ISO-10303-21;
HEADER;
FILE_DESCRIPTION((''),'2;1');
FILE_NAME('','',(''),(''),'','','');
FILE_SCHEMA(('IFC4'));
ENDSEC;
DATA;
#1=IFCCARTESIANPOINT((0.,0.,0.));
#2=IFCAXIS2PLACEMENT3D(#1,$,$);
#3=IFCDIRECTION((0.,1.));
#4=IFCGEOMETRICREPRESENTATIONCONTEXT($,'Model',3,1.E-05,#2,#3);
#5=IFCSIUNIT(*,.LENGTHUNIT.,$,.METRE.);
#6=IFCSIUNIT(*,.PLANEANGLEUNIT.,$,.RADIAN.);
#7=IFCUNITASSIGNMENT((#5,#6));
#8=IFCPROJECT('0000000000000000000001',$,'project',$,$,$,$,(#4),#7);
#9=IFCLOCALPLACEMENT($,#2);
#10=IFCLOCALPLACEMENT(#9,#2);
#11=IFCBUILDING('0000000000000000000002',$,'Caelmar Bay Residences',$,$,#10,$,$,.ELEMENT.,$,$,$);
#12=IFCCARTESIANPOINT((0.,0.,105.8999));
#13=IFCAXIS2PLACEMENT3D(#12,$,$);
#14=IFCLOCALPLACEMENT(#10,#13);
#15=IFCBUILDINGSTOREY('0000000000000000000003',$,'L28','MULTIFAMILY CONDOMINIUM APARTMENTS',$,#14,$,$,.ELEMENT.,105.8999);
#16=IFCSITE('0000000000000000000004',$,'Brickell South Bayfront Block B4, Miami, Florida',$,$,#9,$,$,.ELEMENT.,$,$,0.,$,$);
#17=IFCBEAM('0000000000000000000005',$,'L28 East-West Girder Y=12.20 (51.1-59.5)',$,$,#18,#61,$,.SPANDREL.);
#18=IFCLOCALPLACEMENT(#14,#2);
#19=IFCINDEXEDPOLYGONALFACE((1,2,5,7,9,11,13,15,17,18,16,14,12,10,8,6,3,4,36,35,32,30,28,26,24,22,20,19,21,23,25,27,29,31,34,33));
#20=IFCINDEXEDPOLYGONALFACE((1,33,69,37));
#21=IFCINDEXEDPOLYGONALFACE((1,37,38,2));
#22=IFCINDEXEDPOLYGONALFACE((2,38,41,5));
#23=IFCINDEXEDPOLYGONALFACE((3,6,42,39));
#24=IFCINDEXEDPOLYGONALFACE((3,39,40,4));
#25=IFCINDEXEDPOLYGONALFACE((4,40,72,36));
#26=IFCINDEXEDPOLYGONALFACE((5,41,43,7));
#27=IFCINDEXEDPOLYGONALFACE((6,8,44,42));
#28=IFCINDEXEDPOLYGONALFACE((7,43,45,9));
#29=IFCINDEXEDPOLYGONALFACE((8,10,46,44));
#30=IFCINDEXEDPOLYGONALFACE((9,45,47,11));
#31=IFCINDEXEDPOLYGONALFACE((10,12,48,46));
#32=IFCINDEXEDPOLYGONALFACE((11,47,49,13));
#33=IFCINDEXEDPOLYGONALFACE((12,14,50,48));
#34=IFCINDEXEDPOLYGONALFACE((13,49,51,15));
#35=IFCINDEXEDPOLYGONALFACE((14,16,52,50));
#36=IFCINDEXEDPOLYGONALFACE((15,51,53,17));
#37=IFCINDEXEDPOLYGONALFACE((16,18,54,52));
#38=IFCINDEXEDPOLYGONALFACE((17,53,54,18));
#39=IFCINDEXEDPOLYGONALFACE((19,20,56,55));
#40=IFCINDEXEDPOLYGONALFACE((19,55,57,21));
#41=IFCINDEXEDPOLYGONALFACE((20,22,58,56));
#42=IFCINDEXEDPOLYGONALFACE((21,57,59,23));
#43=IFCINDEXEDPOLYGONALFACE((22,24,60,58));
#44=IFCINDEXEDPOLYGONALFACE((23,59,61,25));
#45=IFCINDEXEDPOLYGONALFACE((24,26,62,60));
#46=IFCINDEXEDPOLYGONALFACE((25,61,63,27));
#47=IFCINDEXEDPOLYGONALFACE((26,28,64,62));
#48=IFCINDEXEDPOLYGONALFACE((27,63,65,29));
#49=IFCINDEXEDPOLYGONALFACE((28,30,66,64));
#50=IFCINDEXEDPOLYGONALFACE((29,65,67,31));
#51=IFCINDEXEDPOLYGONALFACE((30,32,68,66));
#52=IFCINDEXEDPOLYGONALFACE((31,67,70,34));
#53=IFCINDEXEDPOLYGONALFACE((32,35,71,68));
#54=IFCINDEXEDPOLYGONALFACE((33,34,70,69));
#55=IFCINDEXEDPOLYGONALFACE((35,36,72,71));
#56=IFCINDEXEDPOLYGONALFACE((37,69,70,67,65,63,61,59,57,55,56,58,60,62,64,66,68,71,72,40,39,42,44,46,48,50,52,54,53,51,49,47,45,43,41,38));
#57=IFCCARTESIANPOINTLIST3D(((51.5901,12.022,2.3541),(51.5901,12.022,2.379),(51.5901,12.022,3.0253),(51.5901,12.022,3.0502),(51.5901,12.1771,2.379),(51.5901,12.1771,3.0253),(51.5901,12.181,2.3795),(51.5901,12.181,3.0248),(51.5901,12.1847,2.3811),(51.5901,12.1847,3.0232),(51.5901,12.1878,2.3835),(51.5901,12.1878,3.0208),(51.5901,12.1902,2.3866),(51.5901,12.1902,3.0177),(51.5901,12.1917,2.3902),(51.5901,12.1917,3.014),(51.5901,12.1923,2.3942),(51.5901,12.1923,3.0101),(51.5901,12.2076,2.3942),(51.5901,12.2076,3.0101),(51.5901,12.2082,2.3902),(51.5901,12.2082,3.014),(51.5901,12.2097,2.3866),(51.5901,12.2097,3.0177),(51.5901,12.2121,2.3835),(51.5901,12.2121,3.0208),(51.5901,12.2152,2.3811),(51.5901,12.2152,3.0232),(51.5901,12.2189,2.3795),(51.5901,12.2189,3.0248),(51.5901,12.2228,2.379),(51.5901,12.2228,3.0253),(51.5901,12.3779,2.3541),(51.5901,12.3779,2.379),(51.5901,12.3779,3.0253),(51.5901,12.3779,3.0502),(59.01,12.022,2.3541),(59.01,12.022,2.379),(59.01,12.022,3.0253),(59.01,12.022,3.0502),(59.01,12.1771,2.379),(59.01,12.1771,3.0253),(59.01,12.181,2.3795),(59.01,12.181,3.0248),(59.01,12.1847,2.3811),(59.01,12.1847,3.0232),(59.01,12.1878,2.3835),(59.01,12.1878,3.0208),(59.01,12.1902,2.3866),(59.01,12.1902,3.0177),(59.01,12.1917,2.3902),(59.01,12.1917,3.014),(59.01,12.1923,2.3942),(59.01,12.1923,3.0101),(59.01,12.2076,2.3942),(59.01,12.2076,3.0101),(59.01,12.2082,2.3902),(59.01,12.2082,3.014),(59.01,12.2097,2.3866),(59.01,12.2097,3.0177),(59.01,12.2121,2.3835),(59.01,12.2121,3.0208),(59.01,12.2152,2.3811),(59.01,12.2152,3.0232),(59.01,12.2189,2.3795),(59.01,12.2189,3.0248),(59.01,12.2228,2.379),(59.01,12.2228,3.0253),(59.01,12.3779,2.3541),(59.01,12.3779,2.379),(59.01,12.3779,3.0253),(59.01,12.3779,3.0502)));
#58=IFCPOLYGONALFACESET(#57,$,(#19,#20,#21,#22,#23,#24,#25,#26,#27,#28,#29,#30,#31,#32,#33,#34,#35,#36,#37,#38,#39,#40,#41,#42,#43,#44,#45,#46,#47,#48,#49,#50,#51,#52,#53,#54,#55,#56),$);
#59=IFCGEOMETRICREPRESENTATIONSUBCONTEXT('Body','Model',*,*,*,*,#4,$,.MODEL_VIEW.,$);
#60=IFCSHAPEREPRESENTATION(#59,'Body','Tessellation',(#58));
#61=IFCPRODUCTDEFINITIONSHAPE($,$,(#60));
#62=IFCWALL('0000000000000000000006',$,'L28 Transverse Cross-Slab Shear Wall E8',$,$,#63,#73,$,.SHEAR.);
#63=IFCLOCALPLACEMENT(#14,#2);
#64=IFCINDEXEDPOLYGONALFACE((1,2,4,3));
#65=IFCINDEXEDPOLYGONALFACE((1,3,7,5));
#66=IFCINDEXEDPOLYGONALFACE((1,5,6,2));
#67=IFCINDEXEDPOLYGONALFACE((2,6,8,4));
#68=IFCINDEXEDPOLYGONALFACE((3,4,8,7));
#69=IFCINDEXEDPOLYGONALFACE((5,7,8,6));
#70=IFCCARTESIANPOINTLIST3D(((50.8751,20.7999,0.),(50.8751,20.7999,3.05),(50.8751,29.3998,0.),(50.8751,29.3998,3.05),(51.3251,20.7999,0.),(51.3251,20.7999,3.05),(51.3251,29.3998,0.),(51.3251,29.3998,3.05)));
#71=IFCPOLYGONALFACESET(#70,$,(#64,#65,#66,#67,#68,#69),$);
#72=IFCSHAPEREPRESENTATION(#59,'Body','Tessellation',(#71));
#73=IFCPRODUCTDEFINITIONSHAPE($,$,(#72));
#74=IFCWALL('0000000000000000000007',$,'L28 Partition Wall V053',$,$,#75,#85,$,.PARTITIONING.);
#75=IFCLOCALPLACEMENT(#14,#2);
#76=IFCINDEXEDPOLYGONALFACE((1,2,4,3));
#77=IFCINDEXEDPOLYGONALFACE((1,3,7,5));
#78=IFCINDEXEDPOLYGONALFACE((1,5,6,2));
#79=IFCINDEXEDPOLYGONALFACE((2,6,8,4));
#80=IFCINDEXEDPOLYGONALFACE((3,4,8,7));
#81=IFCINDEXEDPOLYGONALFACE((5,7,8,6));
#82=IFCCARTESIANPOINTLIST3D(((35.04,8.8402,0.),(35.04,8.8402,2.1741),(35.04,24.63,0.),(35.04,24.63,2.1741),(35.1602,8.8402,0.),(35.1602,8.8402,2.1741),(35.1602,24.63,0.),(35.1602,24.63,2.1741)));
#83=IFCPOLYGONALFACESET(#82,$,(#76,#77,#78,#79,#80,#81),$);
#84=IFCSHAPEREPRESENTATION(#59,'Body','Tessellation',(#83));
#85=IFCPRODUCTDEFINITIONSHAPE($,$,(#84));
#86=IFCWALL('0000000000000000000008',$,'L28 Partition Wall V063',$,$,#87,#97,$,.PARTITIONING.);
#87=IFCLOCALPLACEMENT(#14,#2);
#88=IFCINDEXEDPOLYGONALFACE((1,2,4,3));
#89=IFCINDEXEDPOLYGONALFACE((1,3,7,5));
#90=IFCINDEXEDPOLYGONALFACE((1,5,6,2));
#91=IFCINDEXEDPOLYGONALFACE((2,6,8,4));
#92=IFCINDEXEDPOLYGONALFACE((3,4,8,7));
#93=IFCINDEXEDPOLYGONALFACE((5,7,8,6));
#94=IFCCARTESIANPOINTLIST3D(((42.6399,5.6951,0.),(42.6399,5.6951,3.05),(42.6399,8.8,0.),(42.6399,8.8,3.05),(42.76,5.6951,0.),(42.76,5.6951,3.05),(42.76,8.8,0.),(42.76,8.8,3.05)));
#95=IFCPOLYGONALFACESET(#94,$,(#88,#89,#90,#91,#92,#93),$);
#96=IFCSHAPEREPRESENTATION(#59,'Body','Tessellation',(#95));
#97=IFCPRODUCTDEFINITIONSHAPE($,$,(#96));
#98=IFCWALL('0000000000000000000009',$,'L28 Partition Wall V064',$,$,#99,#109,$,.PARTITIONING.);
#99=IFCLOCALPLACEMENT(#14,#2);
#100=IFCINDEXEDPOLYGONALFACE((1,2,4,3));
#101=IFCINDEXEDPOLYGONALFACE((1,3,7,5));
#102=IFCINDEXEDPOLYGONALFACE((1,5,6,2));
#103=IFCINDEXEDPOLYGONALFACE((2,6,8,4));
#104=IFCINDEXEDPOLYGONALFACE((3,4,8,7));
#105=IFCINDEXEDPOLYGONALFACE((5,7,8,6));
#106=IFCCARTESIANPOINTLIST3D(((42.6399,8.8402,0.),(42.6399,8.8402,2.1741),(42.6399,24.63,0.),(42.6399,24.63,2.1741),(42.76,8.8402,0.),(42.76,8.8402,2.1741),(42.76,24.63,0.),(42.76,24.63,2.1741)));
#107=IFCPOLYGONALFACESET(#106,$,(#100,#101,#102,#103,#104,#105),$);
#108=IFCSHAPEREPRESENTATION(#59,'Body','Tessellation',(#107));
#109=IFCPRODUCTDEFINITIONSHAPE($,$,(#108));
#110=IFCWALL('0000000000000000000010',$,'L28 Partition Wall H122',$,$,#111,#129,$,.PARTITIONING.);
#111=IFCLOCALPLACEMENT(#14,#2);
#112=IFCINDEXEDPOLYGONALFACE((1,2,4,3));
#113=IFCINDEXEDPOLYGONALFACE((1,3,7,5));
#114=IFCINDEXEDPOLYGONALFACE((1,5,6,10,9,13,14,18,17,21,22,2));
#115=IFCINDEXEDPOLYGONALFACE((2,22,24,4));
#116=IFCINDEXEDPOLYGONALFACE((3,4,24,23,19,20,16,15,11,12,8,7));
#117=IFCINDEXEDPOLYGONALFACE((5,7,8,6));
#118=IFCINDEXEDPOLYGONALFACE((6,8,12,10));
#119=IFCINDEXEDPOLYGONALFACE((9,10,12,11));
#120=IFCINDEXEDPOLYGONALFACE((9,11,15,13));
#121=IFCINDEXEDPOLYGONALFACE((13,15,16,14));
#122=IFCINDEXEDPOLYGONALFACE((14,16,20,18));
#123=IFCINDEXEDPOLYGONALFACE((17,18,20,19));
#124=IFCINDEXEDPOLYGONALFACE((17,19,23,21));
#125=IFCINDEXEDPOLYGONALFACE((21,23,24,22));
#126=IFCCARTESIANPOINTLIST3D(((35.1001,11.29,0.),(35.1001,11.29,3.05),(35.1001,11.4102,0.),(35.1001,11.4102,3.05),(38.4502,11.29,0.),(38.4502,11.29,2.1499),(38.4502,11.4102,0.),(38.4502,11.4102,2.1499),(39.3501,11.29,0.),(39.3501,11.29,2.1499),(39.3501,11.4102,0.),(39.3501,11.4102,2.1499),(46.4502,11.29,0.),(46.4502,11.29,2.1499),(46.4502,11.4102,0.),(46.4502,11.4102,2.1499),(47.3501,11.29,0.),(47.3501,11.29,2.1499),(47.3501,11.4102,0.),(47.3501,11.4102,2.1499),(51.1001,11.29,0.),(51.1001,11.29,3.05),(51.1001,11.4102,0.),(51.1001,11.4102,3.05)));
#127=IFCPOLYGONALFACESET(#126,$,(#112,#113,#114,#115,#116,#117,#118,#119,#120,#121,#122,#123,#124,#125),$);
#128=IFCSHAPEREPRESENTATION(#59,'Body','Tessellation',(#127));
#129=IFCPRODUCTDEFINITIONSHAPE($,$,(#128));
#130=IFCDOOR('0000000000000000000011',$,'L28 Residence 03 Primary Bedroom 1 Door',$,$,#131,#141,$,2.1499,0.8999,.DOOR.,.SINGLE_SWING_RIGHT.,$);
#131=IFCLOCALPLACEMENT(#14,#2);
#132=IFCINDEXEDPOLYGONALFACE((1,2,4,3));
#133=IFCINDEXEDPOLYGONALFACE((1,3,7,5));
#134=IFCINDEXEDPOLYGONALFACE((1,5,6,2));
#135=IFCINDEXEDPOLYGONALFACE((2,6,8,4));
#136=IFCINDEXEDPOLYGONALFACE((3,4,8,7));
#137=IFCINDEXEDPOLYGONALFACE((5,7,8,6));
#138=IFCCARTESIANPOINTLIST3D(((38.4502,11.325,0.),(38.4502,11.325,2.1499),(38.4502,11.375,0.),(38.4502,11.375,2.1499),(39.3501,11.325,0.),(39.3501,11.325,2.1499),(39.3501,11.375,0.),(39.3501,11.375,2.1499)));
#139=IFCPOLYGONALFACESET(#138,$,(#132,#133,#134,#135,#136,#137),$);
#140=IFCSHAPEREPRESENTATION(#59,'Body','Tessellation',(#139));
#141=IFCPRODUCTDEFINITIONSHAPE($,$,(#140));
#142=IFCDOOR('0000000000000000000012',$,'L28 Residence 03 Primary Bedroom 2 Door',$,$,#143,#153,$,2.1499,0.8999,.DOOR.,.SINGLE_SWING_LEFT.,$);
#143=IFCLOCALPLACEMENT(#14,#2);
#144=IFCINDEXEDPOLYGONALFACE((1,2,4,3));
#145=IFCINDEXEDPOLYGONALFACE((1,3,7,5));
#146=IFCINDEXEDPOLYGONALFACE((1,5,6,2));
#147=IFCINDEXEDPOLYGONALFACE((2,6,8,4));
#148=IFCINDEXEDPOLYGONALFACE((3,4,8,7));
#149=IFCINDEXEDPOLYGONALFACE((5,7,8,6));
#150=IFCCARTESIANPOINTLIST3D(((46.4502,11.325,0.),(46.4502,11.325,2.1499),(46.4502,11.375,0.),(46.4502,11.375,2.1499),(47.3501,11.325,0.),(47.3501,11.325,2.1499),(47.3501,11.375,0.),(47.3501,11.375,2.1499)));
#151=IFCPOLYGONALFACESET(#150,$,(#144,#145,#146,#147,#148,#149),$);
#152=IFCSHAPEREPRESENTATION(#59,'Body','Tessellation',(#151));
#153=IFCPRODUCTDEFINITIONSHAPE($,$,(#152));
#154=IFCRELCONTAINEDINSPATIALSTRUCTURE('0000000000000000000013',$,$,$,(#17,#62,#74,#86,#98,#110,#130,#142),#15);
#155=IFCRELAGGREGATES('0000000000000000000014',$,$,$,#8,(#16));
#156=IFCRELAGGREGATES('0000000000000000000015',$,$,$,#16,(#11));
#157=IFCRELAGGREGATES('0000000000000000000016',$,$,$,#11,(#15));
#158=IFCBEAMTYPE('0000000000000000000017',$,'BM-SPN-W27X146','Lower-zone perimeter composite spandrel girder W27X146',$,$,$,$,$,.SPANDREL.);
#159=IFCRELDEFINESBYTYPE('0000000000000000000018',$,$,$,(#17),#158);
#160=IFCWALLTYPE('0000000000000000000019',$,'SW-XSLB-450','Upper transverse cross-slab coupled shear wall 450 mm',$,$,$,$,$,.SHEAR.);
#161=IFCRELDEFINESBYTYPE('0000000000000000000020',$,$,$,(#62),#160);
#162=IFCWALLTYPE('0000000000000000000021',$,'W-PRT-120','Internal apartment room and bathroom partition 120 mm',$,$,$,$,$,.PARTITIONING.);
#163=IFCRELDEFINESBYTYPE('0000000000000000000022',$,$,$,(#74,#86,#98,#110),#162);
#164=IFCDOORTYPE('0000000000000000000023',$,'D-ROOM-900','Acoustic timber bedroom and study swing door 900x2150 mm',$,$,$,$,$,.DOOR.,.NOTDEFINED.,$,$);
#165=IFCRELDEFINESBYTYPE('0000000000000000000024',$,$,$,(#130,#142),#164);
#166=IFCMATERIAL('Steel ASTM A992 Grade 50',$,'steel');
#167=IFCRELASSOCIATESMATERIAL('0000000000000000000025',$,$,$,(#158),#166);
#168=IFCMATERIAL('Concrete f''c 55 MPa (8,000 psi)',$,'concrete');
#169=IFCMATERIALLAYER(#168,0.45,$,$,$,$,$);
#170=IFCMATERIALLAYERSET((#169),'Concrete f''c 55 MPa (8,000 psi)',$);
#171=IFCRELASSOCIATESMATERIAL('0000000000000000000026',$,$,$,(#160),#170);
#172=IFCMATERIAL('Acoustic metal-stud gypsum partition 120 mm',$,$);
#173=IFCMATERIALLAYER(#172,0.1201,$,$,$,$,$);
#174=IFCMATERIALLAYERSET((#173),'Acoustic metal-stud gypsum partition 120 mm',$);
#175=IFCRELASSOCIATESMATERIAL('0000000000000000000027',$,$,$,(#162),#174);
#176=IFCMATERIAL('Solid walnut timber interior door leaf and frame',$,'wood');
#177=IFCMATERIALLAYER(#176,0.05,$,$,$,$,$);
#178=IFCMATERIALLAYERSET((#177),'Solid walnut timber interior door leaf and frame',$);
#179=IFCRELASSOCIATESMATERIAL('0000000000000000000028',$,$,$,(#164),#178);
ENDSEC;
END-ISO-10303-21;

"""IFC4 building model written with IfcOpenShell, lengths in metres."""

from ifc_helpers import new_model, si_unit, direction, frame, frame_2d, origin, origin_2d, place, context, subcontext, project, spatial, rectangle, i_section, extrude, material, layer, layer_set, material_profile, profile_set, type_object, element, fill, save


model = new_model("IFC4")

# Units and contexts
model_context = context("Model", 3, precision=1e-05, world=origin(), true_north=direction((0.0, 1.0)))
body_context = subcontext(model_context, "Body", "Model", "MODEL_VIEW")
ifc_project = project(units=[si_unit("LENGTHUNIT", "METRE"), si_unit("PLANEANGLEUNIT", "RADIAN")], contexts=[model_context])

# Site, building, storey
site_placement = place(None, origin())
site = spatial("IfcSite", under=ifc_project, at=site_placement, Name="Brickell South Bayfront Block B4, Miami, Florida", CompositionType="ELEMENT", RefElevation=0.0)
building_placement = place(site_placement, origin())
building = spatial("IfcBuilding", under=site, at=building_placement, Name="Caelmar Bay Residences", CompositionType="ELEMENT")
storey_placement = place(building_placement, frame((0.0, 0.0, 105.8999)))
storey = spatial("IfcBuildingStorey", under=building, at=storey_placement, Name="L28", Description="MULTIFAMILY CONDOMINIUM APARTMENTS", CompositionType="ELEMENT", Elevation=105.8999)

# Beam
ifc_material_1 = material(Name="Steel ASTM A992 Grade 50", Category="steel")
ifc_material_profile_1 = material_profile(ifc_material_1, i_section(OverallWidth=0.356, OverallDepth=0.696, WebThickness=0.0154, FlangeThickness=0.0249, FilletRadius=0.0151, at=origin_2d()), Name="W27X146")
ifc_profile_set_1 = profile_set([ifc_material_profile_1], Name="Steel ASTM A992 Grade 50")
beam_type_1 = type_object("IfcBeamType", Name="BM-SPN-W27X146", Description="Lower-zone perimeter composite spandrel girder W27X146", PredefinedType="SPANDREL", material=ifc_profile_set_1)
beam_1_placement = place(storey_placement, frame((51.5901, 12.2, 2.7021), z_axis=(1.0, 0.0, 0.0), x_axis=(0.0, 1.0, 0.0)))
element("IfcBeam", 1, at=beam_1_placement, inside=storey, type_object=beam_type_1, Name="L28 East-West Girder Y=12.20 (51.1-59.5)", PredefinedType="SPANDREL", context=body_context, shape_type="SweptSolid", body=[
    extrude(i_section(OverallWidth=0.356, OverallDepth=0.696, WebThickness=0.0154, FlangeThickness=0.0249, FilletRadius=0.0151, at=origin_2d()), origin(), (0.0, 0.0, 1.0), 7.4199),
])

# Walls
ifc_material_2 = material(Name="Concrete f'c 55 MPa (8,000 psi)", Category="concrete")
ifc_layer_1 = layer(ifc_material_2, 0.45)
ifc_layer_set_1 = layer_set([ifc_layer_1], Name="Concrete f'c 55 MPa (8,000 psi)")
wall_type_1 = type_object("IfcWallType", Name="SW-XSLB-450", Description="Upper transverse cross-slab coupled shear wall 450 mm", PredefinedType="SHEAR", material=ifc_layer_set_1)
wall_1_placement = place(storey_placement, frame((51.1001, 20.8, 0.0), z_axis=(0.0, 0.0, 1.0), x_axis=(0.0, 1.0, 0.0)))
element("IfcWall", 2, at=wall_1_placement, inside=storey, type_object=wall_type_1, Name="L28 Transverse Cross-Slab Shear Wall E8", PredefinedType="SHEAR", context=body_context, shape_type="SweptSolid", body=[
    extrude(rectangle(XDim=8.5999, YDim=0.45, at=frame_2d((4.2998, 0.0))), origin(), (0.0, 0.0, 1.0), 3.05),
])
ifc_material_3 = material(Name="Acoustic metal-stud gypsum partition 120 mm")
ifc_layer_2 = layer(ifc_material_3, 0.1201)
ifc_layer_set_2 = layer_set([ifc_layer_2], Name="Acoustic metal-stud gypsum partition 120 mm")
wall_type_2 = type_object("IfcWallType", Name="W-PRT-120", Description="Internal apartment room and bathroom partition 120 mm", PredefinedType="PARTITIONING", material=ifc_layer_set_2)
wall_2_placement = place(storey_placement, frame((35.1001, 8.8401, 0.0), z_axis=(0.0, 0.0, 1.0), x_axis=(0.0, 1.0, 0.0)))
element("IfcWall", 3, at=wall_2_placement, inside=storey, type_object=wall_type_2, Name="L28 Partition Wall V053", PredefinedType="PARTITIONING", context=body_context, shape_type="SweptSolid", body=[
    extrude(rectangle(XDim=15.7898, YDim=0.1201, at=frame_2d((7.895, 0.0))), origin(), (0.0, 0.0, 1.0), 2.1741),
])
wall_3_placement = place(storey_placement, frame((42.7, 5.6951, 0.0), z_axis=(0.0, 0.0, 1.0), x_axis=(0.0, 1.0, 0.0)))
element("IfcWall", 4, at=wall_3_placement, inside=storey, type_object=wall_type_2, Name="L28 Partition Wall V063", PredefinedType="PARTITIONING", context=body_context, shape_type="SweptSolid", body=[
    extrude(rectangle(XDim=3.105, YDim=0.1201, at=frame_2d((1.5525, 0.0))), origin(), (0.0, 0.0, 1.0), 3.05),
])
wall_4_placement = place(storey_placement, frame((42.7, 8.8401, 0.0), z_axis=(0.0, 0.0, 1.0), x_axis=(0.0, 1.0, 0.0)))
element("IfcWall", 5, at=wall_4_placement, inside=storey, type_object=wall_type_2, Name="L28 Partition Wall V064", PredefinedType="PARTITIONING", context=body_context, shape_type="SweptSolid", body=[
    extrude(rectangle(XDim=15.7898, YDim=0.1201, at=frame_2d((7.895, 0.0))), origin(), (0.0, 0.0, 1.0), 2.1741),
])

# Wall, openings, doors
wall_5_placement = place(storey_placement, frame((35.1001, 11.3501, 0.0), z_axis=(0.0, 0.0, 1.0), x_axis=(1.0, 0.0, 0.0)))
wall_5 = element("IfcWall", 6, at=wall_5_placement, inside=storey, type_object=wall_type_2, Name="L28 Partition Wall H122", PredefinedType="PARTITIONING", context=body_context, shape_type="SweptSolid", body=[
    extrude(rectangle(XDim=16.0, YDim=0.1201, at=frame_2d((8.0, 0.0))), origin(), (0.0, 0.0, 1.0), 3.05),
])
opening_1_placement = place(wall_5_placement, frame((3.3501, 0.0, 0.0)))
opening_1 = element("IfcOpeningElement", 7, at=opening_1_placement, cuts=wall_5, PredefinedType="OPENING", context=body_context, shape_type="SweptSolid", body=[
    extrude(rectangle(XDim=0.8999, YDim=2.1499, at=frame_2d((0.45, 1.075))), frame((0.0, 0.0701, 0.0), z_axis=(0.0, -1.0, 0.0), x_axis=(1.0, 0.0, 0.0)), (0.0, 0.0, 1.0), 0.1401),
])
opening_2_placement = place(wall_5_placement, frame((11.3501, 0.0, 0.0)))
opening_2 = element("IfcOpeningElement", 8, at=opening_2_placement, cuts=wall_5, PredefinedType="OPENING", context=body_context, shape_type="SweptSolid", body=[
    extrude(rectangle(XDim=0.8999, YDim=2.1499, at=frame_2d((0.45, 1.075))), frame((0.0, 0.0701, 0.0), z_axis=(0.0, -1.0, 0.0), x_axis=(1.0, 0.0, 0.0)), (0.0, 0.0, 1.0), 0.1401),
])
ifc_material_4 = material(Name="Solid walnut timber interior door leaf and frame", Category="wood")
ifc_layer_3 = layer(ifc_material_4, 0.05)
ifc_layer_set_3 = layer_set([ifc_layer_3], Name="Solid walnut timber interior door leaf and frame")
door_type = type_object("IfcDoorType", Name="D-ROOM-900", Description="Acoustic timber bedroom and study swing door 900x2150 mm", OperationType="NOTDEFINED", PredefinedType="DOOR", material=ifc_layer_set_3)
door_1_placement = place(opening_1_placement, origin())
door_1 = element("IfcDoor", 9, at=door_1_placement, inside=storey, type_object=door_type, Name="L28 Residence 03 Primary Bedroom 1 Door", OperationType="SINGLE_SWING_RIGHT", OverallHeight=2.1499, OverallWidth=0.8999, PredefinedType="DOOR", context=body_context, shape_type="SweptSolid", body=[
    extrude(rectangle(XDim=0.8999, YDim=2.1499, at=frame_2d((0.45, 1.075))), frame((0.0, 0.0249, 0.0), z_axis=(0.0, -1.0, 0.0), x_axis=(1.0, 0.0, 0.0)), (0.0, 0.0, 1.0), 0.05),
])
fill(opening_1, door_1)
door_2_placement = place(opening_2_placement, origin())
door_2 = element("IfcDoor", 10, at=door_2_placement, inside=storey, type_object=door_type, Name="L28 Residence 03 Primary Bedroom 2 Door", OperationType="SINGLE_SWING_LEFT", OverallHeight=2.1499, OverallWidth=0.8999, PredefinedType="DOOR", context=body_context, shape_type="SweptSolid", body=[
    extrude(rectangle(XDim=0.8999, YDim=2.1499, at=frame_2d((0.45, 1.075))), frame((0.0, 0.0249, 0.0), z_axis=(0.0, -1.0, 0.0), x_axis=(1.0, 0.0, 0.0)), (0.0, 0.0, 1.0), 0.05),
])
fill(opening_2, door_2)

save(model, "model.ifc")
